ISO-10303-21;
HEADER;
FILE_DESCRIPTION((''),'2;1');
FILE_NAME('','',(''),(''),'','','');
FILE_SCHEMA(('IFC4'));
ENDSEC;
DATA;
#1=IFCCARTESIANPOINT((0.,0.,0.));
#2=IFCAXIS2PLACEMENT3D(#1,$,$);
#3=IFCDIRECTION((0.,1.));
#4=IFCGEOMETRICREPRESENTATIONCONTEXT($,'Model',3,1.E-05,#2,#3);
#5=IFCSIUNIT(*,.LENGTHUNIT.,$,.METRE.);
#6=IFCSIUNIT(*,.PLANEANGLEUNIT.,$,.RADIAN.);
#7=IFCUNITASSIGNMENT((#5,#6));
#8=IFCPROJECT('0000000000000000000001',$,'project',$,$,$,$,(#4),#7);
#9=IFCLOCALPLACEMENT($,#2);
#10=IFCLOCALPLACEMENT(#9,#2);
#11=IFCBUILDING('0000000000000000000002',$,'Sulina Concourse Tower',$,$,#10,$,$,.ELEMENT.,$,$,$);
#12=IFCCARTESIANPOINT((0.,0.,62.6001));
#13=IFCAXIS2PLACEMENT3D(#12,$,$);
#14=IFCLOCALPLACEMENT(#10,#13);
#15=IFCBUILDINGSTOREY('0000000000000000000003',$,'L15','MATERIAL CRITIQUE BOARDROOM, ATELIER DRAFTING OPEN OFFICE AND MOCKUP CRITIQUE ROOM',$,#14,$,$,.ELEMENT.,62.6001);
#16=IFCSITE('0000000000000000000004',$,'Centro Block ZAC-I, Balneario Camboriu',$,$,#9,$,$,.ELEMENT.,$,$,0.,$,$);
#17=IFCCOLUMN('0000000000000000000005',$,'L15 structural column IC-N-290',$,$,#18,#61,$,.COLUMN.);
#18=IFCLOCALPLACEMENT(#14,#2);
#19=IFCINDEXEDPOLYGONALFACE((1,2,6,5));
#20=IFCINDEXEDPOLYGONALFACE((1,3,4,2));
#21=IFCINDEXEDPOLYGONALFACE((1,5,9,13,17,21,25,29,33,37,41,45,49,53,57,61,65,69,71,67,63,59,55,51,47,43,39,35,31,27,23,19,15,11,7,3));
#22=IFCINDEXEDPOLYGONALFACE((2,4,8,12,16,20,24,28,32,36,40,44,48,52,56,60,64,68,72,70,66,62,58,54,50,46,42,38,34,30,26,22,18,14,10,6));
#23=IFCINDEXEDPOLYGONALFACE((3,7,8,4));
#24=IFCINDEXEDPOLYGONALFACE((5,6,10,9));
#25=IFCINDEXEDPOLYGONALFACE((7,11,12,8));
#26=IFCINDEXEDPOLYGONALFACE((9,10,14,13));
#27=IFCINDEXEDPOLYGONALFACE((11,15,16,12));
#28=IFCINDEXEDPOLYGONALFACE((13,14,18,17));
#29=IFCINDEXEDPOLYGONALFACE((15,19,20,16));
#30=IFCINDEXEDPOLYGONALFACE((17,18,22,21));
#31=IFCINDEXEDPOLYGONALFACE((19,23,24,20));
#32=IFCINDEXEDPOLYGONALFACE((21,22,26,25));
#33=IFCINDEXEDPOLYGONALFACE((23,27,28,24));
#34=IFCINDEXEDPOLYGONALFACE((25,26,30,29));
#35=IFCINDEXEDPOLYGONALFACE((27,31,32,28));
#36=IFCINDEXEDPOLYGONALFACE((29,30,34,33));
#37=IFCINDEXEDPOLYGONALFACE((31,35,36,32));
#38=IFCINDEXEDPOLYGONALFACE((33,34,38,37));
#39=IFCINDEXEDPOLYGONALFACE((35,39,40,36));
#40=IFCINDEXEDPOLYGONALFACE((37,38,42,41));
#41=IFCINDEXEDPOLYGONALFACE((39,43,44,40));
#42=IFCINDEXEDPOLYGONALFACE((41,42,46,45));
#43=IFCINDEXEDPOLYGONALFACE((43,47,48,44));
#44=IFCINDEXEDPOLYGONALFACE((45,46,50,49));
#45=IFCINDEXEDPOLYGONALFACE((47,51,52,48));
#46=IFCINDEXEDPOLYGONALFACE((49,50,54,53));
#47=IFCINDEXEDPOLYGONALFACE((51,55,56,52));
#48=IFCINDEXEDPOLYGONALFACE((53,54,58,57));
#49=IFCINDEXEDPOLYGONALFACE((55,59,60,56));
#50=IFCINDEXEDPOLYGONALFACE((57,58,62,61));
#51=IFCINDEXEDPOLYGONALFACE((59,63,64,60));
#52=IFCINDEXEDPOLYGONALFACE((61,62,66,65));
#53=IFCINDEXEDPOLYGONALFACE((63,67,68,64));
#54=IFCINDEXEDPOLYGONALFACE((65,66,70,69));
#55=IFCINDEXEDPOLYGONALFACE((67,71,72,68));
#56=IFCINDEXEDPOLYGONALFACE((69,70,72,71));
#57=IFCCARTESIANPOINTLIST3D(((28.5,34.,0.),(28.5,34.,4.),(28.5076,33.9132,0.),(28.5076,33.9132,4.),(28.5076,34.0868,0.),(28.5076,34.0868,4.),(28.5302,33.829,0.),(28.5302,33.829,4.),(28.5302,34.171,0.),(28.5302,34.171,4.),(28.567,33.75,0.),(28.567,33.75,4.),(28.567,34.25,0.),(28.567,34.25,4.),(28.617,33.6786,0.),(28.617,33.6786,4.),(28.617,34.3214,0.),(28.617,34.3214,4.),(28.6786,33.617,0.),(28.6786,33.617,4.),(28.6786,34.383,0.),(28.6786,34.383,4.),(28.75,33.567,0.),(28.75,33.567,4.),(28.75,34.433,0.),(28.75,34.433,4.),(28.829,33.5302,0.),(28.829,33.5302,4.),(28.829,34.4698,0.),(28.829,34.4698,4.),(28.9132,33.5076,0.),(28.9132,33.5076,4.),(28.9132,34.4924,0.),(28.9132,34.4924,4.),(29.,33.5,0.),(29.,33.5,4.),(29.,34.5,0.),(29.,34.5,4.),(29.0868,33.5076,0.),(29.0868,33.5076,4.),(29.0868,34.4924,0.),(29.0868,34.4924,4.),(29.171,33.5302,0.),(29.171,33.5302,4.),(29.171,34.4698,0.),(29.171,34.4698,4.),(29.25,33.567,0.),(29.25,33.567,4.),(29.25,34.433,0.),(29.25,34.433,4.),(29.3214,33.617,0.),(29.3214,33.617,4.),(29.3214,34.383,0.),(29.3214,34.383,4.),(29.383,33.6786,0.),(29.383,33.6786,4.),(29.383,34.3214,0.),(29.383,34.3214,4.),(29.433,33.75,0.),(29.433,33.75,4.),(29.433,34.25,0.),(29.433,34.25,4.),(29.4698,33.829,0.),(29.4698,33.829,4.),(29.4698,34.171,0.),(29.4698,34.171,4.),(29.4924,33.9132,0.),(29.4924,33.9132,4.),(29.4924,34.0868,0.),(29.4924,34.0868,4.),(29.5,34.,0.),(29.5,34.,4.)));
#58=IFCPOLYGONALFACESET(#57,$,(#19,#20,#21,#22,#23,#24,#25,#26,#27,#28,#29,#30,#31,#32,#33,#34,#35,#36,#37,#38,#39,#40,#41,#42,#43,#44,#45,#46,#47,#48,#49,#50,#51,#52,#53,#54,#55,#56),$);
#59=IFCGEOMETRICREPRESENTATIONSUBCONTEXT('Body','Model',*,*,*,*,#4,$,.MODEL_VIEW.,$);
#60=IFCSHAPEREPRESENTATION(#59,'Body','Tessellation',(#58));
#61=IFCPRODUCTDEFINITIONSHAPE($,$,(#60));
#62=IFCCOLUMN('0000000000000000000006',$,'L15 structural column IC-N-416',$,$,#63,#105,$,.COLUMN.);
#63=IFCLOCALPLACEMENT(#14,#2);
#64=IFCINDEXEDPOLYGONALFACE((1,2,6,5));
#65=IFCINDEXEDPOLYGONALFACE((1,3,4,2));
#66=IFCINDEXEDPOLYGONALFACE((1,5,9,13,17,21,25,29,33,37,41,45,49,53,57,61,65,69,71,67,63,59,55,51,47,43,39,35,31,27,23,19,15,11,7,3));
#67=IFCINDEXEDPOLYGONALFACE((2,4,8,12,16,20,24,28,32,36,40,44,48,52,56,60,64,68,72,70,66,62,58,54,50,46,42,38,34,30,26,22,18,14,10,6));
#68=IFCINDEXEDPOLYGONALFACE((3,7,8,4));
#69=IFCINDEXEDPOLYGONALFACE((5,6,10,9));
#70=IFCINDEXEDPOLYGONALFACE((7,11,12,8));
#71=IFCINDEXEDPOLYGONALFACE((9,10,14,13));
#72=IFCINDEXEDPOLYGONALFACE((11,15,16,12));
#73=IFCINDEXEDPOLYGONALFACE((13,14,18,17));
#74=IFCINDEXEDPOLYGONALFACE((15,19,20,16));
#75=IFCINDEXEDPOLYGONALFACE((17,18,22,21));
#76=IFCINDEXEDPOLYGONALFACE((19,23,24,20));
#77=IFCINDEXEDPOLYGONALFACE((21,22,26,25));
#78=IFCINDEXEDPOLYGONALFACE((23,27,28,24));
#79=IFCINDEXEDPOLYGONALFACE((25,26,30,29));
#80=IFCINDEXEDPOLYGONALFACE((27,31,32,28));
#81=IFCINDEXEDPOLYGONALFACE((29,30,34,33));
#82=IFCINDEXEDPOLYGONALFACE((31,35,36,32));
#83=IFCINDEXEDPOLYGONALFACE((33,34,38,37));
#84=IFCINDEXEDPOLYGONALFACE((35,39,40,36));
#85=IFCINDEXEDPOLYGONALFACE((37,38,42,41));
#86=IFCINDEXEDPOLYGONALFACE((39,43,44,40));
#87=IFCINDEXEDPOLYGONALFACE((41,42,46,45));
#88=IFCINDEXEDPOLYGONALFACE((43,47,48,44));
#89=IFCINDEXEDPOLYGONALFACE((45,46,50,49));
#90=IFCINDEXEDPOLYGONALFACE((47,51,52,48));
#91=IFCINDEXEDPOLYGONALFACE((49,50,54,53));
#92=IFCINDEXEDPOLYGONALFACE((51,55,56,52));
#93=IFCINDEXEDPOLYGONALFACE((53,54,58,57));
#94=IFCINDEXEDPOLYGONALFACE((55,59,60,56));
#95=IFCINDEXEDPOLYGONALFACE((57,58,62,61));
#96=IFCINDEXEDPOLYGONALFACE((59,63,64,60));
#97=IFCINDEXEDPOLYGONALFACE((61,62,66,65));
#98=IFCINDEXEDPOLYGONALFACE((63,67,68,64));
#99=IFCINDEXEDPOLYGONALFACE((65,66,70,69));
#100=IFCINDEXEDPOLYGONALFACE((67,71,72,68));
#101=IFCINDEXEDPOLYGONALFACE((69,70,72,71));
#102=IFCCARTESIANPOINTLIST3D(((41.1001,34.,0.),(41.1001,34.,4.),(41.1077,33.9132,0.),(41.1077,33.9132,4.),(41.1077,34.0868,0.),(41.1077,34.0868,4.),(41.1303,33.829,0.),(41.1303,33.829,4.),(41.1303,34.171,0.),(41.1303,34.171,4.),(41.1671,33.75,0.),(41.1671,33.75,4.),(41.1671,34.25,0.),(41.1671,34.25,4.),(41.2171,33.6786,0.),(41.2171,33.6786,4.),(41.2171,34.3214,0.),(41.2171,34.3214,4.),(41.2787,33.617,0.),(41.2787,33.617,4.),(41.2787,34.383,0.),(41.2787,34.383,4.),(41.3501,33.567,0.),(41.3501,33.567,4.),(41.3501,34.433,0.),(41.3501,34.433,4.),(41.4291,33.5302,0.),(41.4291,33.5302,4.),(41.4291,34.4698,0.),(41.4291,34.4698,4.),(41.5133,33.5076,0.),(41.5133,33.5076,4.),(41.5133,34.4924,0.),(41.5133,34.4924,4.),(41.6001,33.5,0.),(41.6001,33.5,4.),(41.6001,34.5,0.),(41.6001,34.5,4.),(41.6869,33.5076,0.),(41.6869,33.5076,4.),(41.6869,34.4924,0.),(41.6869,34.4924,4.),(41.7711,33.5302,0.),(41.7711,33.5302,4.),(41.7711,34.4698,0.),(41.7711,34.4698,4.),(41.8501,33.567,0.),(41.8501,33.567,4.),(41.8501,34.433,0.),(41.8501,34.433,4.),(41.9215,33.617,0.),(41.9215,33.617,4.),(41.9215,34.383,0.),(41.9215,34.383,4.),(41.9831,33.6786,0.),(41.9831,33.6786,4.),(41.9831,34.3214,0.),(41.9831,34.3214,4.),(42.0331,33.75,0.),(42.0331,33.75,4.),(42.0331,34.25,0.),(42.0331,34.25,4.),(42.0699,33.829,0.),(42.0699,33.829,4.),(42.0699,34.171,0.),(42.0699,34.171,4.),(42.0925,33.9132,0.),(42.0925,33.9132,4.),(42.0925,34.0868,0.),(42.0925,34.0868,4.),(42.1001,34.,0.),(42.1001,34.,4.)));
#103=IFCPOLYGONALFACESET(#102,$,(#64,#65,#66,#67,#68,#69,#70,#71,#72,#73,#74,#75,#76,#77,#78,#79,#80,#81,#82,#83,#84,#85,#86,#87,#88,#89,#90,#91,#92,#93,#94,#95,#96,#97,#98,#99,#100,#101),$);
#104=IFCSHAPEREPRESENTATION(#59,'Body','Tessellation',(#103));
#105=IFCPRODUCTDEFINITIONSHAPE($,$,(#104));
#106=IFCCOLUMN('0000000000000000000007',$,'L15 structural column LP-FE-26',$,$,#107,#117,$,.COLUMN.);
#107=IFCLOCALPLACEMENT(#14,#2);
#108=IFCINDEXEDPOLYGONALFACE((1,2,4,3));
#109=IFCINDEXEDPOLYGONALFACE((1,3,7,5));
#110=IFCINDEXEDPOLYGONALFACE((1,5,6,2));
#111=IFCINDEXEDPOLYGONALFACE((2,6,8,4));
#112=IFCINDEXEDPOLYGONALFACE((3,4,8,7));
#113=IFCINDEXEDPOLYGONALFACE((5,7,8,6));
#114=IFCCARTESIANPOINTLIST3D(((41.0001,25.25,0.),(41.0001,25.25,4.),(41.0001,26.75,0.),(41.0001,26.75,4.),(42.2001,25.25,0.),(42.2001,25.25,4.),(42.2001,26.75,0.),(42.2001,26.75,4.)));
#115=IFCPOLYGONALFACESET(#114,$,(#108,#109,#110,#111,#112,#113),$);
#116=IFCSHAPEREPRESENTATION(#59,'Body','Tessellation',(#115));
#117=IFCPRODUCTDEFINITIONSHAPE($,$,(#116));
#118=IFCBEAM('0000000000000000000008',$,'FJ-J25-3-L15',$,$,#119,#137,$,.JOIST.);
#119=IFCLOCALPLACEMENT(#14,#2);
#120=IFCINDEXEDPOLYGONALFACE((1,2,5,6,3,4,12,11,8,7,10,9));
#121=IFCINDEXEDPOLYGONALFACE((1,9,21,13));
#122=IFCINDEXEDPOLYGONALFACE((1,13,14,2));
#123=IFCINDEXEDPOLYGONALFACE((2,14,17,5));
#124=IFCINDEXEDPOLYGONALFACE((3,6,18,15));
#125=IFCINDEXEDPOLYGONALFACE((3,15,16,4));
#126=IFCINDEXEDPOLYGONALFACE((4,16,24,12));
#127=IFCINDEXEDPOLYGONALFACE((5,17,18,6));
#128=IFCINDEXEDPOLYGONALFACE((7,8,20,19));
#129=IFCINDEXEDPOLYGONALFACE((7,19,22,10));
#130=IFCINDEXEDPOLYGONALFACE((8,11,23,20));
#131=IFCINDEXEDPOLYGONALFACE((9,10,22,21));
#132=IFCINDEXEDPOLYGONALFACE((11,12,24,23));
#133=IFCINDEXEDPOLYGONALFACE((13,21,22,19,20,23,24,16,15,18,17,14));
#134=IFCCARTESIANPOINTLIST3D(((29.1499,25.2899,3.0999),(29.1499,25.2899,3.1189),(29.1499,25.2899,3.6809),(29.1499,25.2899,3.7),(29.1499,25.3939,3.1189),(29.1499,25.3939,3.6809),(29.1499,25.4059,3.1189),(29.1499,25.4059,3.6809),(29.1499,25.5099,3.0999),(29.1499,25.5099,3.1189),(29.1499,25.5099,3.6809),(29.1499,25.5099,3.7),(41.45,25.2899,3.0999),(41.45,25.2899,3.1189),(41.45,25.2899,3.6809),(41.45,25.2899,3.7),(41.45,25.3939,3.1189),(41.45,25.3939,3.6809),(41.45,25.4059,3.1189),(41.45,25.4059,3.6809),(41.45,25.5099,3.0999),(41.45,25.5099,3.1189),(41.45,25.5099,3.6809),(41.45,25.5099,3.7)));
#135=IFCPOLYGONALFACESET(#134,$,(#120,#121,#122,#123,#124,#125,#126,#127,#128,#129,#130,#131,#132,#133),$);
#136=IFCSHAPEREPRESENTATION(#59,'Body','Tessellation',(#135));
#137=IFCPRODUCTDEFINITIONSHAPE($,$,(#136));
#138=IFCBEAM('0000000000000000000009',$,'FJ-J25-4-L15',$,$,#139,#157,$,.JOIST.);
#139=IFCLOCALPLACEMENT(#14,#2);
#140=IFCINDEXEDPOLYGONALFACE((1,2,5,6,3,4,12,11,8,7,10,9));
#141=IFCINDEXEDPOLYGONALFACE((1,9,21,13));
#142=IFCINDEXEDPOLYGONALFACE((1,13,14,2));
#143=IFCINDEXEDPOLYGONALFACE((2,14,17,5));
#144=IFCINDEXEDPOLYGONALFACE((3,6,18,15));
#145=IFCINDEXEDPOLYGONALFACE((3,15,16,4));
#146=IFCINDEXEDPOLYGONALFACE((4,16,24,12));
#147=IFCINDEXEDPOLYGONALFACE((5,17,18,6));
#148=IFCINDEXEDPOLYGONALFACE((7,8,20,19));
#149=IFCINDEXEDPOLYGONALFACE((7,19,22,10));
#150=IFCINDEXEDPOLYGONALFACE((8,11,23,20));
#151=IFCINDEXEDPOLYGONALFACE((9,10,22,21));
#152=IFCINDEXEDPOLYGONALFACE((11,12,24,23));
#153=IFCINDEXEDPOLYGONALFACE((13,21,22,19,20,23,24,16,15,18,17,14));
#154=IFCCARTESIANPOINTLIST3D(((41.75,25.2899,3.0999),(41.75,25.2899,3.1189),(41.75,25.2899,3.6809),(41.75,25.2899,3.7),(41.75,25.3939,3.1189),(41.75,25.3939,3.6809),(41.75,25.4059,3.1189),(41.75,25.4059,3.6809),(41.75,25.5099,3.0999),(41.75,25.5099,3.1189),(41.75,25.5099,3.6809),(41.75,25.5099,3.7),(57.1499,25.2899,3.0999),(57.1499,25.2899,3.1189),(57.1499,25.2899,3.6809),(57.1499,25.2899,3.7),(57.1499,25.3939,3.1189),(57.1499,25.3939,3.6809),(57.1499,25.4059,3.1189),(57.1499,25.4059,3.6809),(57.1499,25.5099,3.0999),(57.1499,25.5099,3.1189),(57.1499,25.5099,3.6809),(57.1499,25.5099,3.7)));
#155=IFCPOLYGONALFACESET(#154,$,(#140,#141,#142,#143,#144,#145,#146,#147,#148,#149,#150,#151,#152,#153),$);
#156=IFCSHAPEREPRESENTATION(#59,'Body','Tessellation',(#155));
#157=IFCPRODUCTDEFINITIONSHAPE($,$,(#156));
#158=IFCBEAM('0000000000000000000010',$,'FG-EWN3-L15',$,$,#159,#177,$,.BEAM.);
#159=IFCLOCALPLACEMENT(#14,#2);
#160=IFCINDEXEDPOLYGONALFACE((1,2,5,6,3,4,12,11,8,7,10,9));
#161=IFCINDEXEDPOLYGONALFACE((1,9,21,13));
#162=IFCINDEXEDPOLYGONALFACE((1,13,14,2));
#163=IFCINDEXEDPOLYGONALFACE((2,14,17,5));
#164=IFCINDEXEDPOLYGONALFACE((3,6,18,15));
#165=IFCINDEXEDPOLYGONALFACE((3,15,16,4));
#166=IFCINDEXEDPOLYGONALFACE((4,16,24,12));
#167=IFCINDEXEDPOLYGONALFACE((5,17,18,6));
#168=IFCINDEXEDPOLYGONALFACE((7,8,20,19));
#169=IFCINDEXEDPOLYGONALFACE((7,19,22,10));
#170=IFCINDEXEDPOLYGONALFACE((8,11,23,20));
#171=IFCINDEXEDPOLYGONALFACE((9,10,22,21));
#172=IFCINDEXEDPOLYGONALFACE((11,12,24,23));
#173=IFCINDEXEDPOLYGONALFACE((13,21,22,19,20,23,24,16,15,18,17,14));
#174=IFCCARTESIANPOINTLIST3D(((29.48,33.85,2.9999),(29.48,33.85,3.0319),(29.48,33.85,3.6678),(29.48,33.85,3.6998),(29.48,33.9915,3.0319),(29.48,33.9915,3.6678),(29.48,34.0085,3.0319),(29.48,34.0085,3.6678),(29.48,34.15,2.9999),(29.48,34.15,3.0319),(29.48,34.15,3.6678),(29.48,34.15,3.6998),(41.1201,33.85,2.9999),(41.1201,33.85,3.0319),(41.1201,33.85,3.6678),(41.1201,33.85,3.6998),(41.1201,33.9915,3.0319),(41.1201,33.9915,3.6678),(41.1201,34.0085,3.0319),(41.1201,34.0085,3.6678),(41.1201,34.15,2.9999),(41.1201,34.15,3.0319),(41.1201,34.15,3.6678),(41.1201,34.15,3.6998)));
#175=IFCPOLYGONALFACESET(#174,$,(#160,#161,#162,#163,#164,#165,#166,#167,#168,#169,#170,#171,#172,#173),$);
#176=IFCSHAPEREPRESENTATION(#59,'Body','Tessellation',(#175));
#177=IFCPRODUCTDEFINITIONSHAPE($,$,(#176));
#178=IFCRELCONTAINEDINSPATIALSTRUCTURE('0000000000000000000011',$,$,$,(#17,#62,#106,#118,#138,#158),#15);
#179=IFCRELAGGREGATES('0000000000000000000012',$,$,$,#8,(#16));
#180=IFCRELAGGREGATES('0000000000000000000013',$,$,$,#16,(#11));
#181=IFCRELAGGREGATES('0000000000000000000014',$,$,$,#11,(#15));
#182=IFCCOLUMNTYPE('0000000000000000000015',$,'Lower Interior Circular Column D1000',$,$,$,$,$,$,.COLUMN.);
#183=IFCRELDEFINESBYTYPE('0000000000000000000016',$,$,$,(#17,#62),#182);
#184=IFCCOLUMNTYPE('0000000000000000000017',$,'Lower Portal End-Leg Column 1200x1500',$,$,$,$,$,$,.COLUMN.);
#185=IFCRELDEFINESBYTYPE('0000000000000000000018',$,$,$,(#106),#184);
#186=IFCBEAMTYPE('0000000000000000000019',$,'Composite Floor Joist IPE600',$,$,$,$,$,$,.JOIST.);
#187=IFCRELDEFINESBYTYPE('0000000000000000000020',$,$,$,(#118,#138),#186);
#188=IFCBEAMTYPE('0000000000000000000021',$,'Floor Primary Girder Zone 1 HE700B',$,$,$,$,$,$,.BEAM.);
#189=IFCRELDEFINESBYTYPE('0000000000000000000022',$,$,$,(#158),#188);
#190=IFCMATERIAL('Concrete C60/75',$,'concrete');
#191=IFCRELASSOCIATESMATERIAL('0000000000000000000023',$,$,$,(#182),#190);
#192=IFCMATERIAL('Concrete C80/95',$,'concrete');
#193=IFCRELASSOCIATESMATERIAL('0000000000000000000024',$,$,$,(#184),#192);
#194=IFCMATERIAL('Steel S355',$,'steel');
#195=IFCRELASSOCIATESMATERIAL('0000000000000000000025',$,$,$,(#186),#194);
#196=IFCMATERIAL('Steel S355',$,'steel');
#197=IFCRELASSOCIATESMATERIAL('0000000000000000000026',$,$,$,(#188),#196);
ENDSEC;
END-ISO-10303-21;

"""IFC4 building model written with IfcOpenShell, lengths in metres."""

from ifc_helpers import new_model, si_unit, direction, frame, origin, origin_2d, place, context, subcontext, project, spatial, rectangle, circle, i_section, extrude, material, material_profile, profile_set, type_object, element, save


model = new_model("IFC4")

# Units and contexts
model_context = context("Model", 3, precision=1e-05, world=origin(), true_north=direction((0.0, 1.0)))
body_context = subcontext(model_context, "Body", "Model", "MODEL_VIEW")
ifc_project = project(units=[si_unit("LENGTHUNIT", "METRE"), si_unit("PLANEANGLEUNIT", "RADIAN")], contexts=[model_context])

# Site, building, storey
site_placement = place(None, origin())
site = spatial("IfcSite", under=ifc_project, at=site_placement, Name="Centro Block ZAC-I, Balneario Camboriu", CompositionType="ELEMENT", RefElevation=0.0)
building_placement = place(site_placement, origin())
building = spatial("IfcBuilding", under=site, at=building_placement, Name="Sulina Concourse Tower", CompositionType="ELEMENT")
storey_placement = place(building_placement, frame((0.0, 0.0, 62.6001)))
storey = spatial("IfcBuildingStorey", under=building, at=storey_placement, Name="L15", Description="MATERIAL CRITIQUE BOARDROOM, ATELIER DRAFTING OPEN OFFICE AND MOCKUP CRITIQUE ROOM", CompositionType="ELEMENT", Elevation=62.6001)

# Columns
ifc_material_1 = material(Name="Concrete C60/75", Category="concrete")
ifc_material_profile_1 = material_profile(ifc_material_1, circle(Radius=0.5, at=origin_2d()), Name="RC D1000")
ifc_profile_set_1 = profile_set([ifc_material_profile_1], Name="Concrete C60/75")
column_type_1 = type_object("IfcColumnType", Name="Lower Interior Circular Column D1000", PredefinedType="COLUMN", material=ifc_profile_set_1)
for number, where, z_axis, x_axis, name in (
    (1, (29.0, 34.0, 0.0), (0.0, 0.0, 1.0), (1.0, 0.0, 0.0), "L15 structural column IC-N-290"),
    (2, (41.6001, 34.0, 0.0), (0.0, 0.0, 1.0), (1.0, 0.0, 0.0), "L15 structural column IC-N-416"),
):
    element("IfcColumn", number, at=place(storey_placement, frame(where, z_axis=z_axis, x_axis=x_axis)), inside=storey, type_object=column_type_1, Name=name, PredefinedType="COLUMN", context=body_context, shape_type="SweptSolid", body=[
        extrude(circle(Radius=0.5, at=origin_2d()), origin(), (0.0, 0.0, 1.0), 4.0),
    ])
ifc_material_2 = material(Name="Concrete C80/95", Category="concrete")
ifc_material_profile_2 = material_profile(ifc_material_2, rectangle(XDim=1.2, YDim=1.5, at=origin_2d()), Name="RC 1200x1500")
ifc_profile_set_2 = profile_set([ifc_material_profile_2], Name="Concrete C80/95")
column_type_2 = type_object("IfcColumnType", Name="Lower Portal End-Leg Column 1200x1500", PredefinedType="COLUMN", material=ifc_profile_set_2)
column_placement = place(storey_placement, frame((41.6001, 26.0, 0.0), z_axis=(0.0, 0.0, 1.0), x_axis=(1.0, 0.0, 0.0)))
element("IfcColumn", 3, at=column_placement, inside=storey, type_object=column_type_2, Name="L15 structural column LP-FE-26", PredefinedType="COLUMN", context=body_context, shape_type="SweptSolid", body=[
    extrude(rectangle(XDim=1.2, YDim=1.5, at=origin_2d()), origin(), (0.0, 0.0, 1.0), 4.0),
])

# Beams
ifc_material_3 = material(Name="Steel S355", Category="steel")
ifc_material_profile_3 = material_profile(ifc_material_3, i_section(OverallWidth=0.22, OverallDepth=0.6001, WebThickness=0.012, FlangeThickness=0.019, at=origin_2d()), Name="IPE 600")
ifc_profile_set_3 = profile_set([ifc_material_profile_3], Name="Steel S355")
beam_type_1 = type_object("IfcBeamType", Name="Composite Floor Joist IPE600", PredefinedType="JOIST", material=ifc_profile_set_3)
beam_1_placement = place(storey_placement, frame((29.1499, 25.3999, 3.3999), z_axis=(1.0, 0.0, 0.0), x_axis=(0.0, 1.0, 0.0)))
element("IfcBeam", 4, at=beam_1_placement, inside=storey, type_object=beam_type_1, Name="FJ-J25-3-L15", PredefinedType="JOIST", context=body_context, shape_type="SweptSolid", body=[
    extrude(i_section(OverallWidth=0.22, OverallDepth=0.6001, WebThickness=0.012, FlangeThickness=0.019, at=origin_2d()), origin(), (0.0, 0.0, 1.0), 12.3),
])
beam_2_placement = place(storey_placement, frame((41.75, 25.3999, 3.3999), z_axis=(1.0, 0.0, 0.0), x_axis=(0.0, 1.0, 0.0)))
element("IfcBeam", 5, at=beam_2_placement, inside=storey, type_object=beam_type_1, Name="FJ-J25-4-L15", PredefinedType="JOIST", context=body_context, shape_type="SweptSolid", body=[
    extrude(i_section(OverallWidth=0.22, OverallDepth=0.6001, WebThickness=0.012, FlangeThickness=0.019, at=origin_2d()), origin(), (0.0, 0.0, 1.0), 15.3999),
])
ifc_material_4 = material(Name="Steel S355", Category="steel")
ifc_material_profile_4 = material_profile(ifc_material_4, i_section(OverallWidth=0.3, OverallDepth=0.7, WebThickness=0.0171, FlangeThickness=0.032, at=origin_2d()), Name="HE 700 B")
ifc_profile_set_4 = profile_set([ifc_material_profile_4], Name="Steel S355")
beam_type_2 = type_object("IfcBeamType", Name="Floor Primary Girder Zone 1 HE700B", PredefinedType="BEAM", material=ifc_profile_set_4)
beam_3_placement = place(storey_placement, frame((29.48, 34.0, 3.3499), z_axis=(1.0, 0.0, 0.0), x_axis=(0.0, 1.0, 0.0)))
element("IfcBeam", 6, at=beam_3_placement, inside=storey, type_object=beam_type_2, Name="FG-EWN3-L15", PredefinedType="BEAM", context=body_context, shape_type="SweptSolid", body=[
    extrude(i_section(OverallWidth=0.3, OverallDepth=0.7, WebThickness=0.0171, FlangeThickness=0.032, at=origin_2d()), origin(), (0.0, 0.0, 1.0), 11.6401),
])

save(model, "model.ifc")
